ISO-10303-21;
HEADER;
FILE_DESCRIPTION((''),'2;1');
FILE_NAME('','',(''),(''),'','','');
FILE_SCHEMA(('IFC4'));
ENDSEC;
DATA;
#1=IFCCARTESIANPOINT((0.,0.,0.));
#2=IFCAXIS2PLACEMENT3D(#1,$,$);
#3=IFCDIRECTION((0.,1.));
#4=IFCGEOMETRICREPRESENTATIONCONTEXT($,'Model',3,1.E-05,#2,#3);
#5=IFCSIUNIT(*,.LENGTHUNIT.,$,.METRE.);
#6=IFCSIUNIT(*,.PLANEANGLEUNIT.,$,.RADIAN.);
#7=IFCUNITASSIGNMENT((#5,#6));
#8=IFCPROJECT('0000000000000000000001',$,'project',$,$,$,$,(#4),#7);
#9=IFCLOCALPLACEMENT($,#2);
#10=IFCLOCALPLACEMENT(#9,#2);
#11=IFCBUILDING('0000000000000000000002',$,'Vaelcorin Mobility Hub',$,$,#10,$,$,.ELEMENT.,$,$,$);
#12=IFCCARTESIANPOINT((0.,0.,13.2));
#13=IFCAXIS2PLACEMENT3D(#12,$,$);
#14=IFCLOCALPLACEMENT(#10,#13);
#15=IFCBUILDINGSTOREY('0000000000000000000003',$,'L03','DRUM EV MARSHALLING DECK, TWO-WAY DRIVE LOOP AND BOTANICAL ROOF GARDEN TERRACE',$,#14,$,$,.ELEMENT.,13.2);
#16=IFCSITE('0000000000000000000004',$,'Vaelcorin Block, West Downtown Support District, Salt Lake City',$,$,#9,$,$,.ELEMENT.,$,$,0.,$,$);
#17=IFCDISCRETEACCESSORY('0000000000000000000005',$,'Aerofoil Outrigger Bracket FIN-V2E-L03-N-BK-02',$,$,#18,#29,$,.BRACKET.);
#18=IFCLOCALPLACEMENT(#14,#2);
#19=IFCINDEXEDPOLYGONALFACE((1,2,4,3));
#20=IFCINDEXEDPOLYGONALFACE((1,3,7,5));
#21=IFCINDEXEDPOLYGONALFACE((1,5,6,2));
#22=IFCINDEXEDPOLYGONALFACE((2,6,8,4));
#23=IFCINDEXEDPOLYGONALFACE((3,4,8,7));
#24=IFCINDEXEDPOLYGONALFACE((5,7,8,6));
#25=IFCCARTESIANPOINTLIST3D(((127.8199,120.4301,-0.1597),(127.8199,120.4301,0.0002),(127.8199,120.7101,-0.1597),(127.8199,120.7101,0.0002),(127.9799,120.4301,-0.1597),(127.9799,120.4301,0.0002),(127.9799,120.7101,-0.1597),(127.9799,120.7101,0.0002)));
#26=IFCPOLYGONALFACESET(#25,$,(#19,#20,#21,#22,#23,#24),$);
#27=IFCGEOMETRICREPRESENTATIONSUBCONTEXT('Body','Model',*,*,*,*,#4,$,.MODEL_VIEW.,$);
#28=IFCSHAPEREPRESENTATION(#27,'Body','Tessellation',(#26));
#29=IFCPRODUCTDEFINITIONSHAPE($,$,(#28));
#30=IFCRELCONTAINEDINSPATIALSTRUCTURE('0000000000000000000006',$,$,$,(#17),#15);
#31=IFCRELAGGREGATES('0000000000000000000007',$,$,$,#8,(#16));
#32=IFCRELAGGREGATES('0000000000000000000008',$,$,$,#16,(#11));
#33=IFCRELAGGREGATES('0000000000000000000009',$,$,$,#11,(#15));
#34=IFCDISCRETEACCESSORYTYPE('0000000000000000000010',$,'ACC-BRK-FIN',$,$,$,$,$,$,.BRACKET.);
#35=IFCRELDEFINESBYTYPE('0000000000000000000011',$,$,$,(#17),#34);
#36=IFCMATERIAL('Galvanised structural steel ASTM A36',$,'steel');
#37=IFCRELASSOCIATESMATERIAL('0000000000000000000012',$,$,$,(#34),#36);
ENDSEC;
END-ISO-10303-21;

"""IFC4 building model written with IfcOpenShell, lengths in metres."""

from ifc_helpers import new_model, si_unit, direction, frame, origin, origin_2d, place, context, subcontext, project, spatial, rectangle, extrude, material, type_object, element, save


model = new_model("IFC4")

# Units and contexts
model_context = context("Model", 3, precision=1e-05, world=origin(), true_north=direction((0.0, 1.0)))
body_context = subcontext(model_context, "Body", "Model", "MODEL_VIEW")
ifc_project = project(units=[si_unit("LENGTHUNIT", "METRE"), si_unit("PLANEANGLEUNIT", "RADIAN")], contexts=[model_context])

# Site, building, storey
site_placement = place(None, origin())
site = spatial("IfcSite", under=ifc_project, at=site_placement, Name="Vaelcorin Block, West Downtown Support District, Salt Lake City", CompositionType="ELEMENT", RefElevation=0.0)
building_placement = place(site_placement, origin())
building = spatial("IfcBuilding", under=site, at=building_placement, Name="Vaelcorin Mobility Hub", CompositionType="ELEMENT")
storey_placement = place(building_placement, frame((0.0, 0.0, 13.2)))
storey = spatial("IfcBuildingStorey", under=building, at=storey_placement, Name="L03", Description="DRUM EV MARSHALLING DECK, TWO-WAY DRIVE LOOP AND BOTANICAL ROOF GARDEN TERRACE", CompositionType="ELEMENT", Elevation=13.2)

# Shared definitions
ifc_material_1 = material(Name="Galvanised structural steel ASTM A36", Category="steel")

# Discrete accessory
discrete_accessory_type = type_object("IfcDiscreteAccessoryType", Name="ACC-BRK-FIN", PredefinedType="BRACKET", material=ifc_material_1)
for number, where, z_axis, x_axis, name in (
    (1, (127.8999, 120.5701, -0.1597), (0.0, 0.0, 1.0), (0.0, 1.0, 0.0), "Aerofoil Outrigger Bracket FIN-V2E-L03-N-BK-02"),
):
    element("IfcDiscreteAccessory", number, at=place(storey_placement, frame(where, z_axis=z_axis, x_axis=x_axis)), inside=storey, type_object=discrete_accessory_type, Name=name, PredefinedType="BRACKET", context=body_context, shape_type="SweptSolid", body=[
        extrude(rectangle(XDim=0.28, YDim=0.1599, at=origin_2d()), origin(), (0.0, 0.0, 1.0), 0.1599),
    ])

save(model, "model.ifc")
